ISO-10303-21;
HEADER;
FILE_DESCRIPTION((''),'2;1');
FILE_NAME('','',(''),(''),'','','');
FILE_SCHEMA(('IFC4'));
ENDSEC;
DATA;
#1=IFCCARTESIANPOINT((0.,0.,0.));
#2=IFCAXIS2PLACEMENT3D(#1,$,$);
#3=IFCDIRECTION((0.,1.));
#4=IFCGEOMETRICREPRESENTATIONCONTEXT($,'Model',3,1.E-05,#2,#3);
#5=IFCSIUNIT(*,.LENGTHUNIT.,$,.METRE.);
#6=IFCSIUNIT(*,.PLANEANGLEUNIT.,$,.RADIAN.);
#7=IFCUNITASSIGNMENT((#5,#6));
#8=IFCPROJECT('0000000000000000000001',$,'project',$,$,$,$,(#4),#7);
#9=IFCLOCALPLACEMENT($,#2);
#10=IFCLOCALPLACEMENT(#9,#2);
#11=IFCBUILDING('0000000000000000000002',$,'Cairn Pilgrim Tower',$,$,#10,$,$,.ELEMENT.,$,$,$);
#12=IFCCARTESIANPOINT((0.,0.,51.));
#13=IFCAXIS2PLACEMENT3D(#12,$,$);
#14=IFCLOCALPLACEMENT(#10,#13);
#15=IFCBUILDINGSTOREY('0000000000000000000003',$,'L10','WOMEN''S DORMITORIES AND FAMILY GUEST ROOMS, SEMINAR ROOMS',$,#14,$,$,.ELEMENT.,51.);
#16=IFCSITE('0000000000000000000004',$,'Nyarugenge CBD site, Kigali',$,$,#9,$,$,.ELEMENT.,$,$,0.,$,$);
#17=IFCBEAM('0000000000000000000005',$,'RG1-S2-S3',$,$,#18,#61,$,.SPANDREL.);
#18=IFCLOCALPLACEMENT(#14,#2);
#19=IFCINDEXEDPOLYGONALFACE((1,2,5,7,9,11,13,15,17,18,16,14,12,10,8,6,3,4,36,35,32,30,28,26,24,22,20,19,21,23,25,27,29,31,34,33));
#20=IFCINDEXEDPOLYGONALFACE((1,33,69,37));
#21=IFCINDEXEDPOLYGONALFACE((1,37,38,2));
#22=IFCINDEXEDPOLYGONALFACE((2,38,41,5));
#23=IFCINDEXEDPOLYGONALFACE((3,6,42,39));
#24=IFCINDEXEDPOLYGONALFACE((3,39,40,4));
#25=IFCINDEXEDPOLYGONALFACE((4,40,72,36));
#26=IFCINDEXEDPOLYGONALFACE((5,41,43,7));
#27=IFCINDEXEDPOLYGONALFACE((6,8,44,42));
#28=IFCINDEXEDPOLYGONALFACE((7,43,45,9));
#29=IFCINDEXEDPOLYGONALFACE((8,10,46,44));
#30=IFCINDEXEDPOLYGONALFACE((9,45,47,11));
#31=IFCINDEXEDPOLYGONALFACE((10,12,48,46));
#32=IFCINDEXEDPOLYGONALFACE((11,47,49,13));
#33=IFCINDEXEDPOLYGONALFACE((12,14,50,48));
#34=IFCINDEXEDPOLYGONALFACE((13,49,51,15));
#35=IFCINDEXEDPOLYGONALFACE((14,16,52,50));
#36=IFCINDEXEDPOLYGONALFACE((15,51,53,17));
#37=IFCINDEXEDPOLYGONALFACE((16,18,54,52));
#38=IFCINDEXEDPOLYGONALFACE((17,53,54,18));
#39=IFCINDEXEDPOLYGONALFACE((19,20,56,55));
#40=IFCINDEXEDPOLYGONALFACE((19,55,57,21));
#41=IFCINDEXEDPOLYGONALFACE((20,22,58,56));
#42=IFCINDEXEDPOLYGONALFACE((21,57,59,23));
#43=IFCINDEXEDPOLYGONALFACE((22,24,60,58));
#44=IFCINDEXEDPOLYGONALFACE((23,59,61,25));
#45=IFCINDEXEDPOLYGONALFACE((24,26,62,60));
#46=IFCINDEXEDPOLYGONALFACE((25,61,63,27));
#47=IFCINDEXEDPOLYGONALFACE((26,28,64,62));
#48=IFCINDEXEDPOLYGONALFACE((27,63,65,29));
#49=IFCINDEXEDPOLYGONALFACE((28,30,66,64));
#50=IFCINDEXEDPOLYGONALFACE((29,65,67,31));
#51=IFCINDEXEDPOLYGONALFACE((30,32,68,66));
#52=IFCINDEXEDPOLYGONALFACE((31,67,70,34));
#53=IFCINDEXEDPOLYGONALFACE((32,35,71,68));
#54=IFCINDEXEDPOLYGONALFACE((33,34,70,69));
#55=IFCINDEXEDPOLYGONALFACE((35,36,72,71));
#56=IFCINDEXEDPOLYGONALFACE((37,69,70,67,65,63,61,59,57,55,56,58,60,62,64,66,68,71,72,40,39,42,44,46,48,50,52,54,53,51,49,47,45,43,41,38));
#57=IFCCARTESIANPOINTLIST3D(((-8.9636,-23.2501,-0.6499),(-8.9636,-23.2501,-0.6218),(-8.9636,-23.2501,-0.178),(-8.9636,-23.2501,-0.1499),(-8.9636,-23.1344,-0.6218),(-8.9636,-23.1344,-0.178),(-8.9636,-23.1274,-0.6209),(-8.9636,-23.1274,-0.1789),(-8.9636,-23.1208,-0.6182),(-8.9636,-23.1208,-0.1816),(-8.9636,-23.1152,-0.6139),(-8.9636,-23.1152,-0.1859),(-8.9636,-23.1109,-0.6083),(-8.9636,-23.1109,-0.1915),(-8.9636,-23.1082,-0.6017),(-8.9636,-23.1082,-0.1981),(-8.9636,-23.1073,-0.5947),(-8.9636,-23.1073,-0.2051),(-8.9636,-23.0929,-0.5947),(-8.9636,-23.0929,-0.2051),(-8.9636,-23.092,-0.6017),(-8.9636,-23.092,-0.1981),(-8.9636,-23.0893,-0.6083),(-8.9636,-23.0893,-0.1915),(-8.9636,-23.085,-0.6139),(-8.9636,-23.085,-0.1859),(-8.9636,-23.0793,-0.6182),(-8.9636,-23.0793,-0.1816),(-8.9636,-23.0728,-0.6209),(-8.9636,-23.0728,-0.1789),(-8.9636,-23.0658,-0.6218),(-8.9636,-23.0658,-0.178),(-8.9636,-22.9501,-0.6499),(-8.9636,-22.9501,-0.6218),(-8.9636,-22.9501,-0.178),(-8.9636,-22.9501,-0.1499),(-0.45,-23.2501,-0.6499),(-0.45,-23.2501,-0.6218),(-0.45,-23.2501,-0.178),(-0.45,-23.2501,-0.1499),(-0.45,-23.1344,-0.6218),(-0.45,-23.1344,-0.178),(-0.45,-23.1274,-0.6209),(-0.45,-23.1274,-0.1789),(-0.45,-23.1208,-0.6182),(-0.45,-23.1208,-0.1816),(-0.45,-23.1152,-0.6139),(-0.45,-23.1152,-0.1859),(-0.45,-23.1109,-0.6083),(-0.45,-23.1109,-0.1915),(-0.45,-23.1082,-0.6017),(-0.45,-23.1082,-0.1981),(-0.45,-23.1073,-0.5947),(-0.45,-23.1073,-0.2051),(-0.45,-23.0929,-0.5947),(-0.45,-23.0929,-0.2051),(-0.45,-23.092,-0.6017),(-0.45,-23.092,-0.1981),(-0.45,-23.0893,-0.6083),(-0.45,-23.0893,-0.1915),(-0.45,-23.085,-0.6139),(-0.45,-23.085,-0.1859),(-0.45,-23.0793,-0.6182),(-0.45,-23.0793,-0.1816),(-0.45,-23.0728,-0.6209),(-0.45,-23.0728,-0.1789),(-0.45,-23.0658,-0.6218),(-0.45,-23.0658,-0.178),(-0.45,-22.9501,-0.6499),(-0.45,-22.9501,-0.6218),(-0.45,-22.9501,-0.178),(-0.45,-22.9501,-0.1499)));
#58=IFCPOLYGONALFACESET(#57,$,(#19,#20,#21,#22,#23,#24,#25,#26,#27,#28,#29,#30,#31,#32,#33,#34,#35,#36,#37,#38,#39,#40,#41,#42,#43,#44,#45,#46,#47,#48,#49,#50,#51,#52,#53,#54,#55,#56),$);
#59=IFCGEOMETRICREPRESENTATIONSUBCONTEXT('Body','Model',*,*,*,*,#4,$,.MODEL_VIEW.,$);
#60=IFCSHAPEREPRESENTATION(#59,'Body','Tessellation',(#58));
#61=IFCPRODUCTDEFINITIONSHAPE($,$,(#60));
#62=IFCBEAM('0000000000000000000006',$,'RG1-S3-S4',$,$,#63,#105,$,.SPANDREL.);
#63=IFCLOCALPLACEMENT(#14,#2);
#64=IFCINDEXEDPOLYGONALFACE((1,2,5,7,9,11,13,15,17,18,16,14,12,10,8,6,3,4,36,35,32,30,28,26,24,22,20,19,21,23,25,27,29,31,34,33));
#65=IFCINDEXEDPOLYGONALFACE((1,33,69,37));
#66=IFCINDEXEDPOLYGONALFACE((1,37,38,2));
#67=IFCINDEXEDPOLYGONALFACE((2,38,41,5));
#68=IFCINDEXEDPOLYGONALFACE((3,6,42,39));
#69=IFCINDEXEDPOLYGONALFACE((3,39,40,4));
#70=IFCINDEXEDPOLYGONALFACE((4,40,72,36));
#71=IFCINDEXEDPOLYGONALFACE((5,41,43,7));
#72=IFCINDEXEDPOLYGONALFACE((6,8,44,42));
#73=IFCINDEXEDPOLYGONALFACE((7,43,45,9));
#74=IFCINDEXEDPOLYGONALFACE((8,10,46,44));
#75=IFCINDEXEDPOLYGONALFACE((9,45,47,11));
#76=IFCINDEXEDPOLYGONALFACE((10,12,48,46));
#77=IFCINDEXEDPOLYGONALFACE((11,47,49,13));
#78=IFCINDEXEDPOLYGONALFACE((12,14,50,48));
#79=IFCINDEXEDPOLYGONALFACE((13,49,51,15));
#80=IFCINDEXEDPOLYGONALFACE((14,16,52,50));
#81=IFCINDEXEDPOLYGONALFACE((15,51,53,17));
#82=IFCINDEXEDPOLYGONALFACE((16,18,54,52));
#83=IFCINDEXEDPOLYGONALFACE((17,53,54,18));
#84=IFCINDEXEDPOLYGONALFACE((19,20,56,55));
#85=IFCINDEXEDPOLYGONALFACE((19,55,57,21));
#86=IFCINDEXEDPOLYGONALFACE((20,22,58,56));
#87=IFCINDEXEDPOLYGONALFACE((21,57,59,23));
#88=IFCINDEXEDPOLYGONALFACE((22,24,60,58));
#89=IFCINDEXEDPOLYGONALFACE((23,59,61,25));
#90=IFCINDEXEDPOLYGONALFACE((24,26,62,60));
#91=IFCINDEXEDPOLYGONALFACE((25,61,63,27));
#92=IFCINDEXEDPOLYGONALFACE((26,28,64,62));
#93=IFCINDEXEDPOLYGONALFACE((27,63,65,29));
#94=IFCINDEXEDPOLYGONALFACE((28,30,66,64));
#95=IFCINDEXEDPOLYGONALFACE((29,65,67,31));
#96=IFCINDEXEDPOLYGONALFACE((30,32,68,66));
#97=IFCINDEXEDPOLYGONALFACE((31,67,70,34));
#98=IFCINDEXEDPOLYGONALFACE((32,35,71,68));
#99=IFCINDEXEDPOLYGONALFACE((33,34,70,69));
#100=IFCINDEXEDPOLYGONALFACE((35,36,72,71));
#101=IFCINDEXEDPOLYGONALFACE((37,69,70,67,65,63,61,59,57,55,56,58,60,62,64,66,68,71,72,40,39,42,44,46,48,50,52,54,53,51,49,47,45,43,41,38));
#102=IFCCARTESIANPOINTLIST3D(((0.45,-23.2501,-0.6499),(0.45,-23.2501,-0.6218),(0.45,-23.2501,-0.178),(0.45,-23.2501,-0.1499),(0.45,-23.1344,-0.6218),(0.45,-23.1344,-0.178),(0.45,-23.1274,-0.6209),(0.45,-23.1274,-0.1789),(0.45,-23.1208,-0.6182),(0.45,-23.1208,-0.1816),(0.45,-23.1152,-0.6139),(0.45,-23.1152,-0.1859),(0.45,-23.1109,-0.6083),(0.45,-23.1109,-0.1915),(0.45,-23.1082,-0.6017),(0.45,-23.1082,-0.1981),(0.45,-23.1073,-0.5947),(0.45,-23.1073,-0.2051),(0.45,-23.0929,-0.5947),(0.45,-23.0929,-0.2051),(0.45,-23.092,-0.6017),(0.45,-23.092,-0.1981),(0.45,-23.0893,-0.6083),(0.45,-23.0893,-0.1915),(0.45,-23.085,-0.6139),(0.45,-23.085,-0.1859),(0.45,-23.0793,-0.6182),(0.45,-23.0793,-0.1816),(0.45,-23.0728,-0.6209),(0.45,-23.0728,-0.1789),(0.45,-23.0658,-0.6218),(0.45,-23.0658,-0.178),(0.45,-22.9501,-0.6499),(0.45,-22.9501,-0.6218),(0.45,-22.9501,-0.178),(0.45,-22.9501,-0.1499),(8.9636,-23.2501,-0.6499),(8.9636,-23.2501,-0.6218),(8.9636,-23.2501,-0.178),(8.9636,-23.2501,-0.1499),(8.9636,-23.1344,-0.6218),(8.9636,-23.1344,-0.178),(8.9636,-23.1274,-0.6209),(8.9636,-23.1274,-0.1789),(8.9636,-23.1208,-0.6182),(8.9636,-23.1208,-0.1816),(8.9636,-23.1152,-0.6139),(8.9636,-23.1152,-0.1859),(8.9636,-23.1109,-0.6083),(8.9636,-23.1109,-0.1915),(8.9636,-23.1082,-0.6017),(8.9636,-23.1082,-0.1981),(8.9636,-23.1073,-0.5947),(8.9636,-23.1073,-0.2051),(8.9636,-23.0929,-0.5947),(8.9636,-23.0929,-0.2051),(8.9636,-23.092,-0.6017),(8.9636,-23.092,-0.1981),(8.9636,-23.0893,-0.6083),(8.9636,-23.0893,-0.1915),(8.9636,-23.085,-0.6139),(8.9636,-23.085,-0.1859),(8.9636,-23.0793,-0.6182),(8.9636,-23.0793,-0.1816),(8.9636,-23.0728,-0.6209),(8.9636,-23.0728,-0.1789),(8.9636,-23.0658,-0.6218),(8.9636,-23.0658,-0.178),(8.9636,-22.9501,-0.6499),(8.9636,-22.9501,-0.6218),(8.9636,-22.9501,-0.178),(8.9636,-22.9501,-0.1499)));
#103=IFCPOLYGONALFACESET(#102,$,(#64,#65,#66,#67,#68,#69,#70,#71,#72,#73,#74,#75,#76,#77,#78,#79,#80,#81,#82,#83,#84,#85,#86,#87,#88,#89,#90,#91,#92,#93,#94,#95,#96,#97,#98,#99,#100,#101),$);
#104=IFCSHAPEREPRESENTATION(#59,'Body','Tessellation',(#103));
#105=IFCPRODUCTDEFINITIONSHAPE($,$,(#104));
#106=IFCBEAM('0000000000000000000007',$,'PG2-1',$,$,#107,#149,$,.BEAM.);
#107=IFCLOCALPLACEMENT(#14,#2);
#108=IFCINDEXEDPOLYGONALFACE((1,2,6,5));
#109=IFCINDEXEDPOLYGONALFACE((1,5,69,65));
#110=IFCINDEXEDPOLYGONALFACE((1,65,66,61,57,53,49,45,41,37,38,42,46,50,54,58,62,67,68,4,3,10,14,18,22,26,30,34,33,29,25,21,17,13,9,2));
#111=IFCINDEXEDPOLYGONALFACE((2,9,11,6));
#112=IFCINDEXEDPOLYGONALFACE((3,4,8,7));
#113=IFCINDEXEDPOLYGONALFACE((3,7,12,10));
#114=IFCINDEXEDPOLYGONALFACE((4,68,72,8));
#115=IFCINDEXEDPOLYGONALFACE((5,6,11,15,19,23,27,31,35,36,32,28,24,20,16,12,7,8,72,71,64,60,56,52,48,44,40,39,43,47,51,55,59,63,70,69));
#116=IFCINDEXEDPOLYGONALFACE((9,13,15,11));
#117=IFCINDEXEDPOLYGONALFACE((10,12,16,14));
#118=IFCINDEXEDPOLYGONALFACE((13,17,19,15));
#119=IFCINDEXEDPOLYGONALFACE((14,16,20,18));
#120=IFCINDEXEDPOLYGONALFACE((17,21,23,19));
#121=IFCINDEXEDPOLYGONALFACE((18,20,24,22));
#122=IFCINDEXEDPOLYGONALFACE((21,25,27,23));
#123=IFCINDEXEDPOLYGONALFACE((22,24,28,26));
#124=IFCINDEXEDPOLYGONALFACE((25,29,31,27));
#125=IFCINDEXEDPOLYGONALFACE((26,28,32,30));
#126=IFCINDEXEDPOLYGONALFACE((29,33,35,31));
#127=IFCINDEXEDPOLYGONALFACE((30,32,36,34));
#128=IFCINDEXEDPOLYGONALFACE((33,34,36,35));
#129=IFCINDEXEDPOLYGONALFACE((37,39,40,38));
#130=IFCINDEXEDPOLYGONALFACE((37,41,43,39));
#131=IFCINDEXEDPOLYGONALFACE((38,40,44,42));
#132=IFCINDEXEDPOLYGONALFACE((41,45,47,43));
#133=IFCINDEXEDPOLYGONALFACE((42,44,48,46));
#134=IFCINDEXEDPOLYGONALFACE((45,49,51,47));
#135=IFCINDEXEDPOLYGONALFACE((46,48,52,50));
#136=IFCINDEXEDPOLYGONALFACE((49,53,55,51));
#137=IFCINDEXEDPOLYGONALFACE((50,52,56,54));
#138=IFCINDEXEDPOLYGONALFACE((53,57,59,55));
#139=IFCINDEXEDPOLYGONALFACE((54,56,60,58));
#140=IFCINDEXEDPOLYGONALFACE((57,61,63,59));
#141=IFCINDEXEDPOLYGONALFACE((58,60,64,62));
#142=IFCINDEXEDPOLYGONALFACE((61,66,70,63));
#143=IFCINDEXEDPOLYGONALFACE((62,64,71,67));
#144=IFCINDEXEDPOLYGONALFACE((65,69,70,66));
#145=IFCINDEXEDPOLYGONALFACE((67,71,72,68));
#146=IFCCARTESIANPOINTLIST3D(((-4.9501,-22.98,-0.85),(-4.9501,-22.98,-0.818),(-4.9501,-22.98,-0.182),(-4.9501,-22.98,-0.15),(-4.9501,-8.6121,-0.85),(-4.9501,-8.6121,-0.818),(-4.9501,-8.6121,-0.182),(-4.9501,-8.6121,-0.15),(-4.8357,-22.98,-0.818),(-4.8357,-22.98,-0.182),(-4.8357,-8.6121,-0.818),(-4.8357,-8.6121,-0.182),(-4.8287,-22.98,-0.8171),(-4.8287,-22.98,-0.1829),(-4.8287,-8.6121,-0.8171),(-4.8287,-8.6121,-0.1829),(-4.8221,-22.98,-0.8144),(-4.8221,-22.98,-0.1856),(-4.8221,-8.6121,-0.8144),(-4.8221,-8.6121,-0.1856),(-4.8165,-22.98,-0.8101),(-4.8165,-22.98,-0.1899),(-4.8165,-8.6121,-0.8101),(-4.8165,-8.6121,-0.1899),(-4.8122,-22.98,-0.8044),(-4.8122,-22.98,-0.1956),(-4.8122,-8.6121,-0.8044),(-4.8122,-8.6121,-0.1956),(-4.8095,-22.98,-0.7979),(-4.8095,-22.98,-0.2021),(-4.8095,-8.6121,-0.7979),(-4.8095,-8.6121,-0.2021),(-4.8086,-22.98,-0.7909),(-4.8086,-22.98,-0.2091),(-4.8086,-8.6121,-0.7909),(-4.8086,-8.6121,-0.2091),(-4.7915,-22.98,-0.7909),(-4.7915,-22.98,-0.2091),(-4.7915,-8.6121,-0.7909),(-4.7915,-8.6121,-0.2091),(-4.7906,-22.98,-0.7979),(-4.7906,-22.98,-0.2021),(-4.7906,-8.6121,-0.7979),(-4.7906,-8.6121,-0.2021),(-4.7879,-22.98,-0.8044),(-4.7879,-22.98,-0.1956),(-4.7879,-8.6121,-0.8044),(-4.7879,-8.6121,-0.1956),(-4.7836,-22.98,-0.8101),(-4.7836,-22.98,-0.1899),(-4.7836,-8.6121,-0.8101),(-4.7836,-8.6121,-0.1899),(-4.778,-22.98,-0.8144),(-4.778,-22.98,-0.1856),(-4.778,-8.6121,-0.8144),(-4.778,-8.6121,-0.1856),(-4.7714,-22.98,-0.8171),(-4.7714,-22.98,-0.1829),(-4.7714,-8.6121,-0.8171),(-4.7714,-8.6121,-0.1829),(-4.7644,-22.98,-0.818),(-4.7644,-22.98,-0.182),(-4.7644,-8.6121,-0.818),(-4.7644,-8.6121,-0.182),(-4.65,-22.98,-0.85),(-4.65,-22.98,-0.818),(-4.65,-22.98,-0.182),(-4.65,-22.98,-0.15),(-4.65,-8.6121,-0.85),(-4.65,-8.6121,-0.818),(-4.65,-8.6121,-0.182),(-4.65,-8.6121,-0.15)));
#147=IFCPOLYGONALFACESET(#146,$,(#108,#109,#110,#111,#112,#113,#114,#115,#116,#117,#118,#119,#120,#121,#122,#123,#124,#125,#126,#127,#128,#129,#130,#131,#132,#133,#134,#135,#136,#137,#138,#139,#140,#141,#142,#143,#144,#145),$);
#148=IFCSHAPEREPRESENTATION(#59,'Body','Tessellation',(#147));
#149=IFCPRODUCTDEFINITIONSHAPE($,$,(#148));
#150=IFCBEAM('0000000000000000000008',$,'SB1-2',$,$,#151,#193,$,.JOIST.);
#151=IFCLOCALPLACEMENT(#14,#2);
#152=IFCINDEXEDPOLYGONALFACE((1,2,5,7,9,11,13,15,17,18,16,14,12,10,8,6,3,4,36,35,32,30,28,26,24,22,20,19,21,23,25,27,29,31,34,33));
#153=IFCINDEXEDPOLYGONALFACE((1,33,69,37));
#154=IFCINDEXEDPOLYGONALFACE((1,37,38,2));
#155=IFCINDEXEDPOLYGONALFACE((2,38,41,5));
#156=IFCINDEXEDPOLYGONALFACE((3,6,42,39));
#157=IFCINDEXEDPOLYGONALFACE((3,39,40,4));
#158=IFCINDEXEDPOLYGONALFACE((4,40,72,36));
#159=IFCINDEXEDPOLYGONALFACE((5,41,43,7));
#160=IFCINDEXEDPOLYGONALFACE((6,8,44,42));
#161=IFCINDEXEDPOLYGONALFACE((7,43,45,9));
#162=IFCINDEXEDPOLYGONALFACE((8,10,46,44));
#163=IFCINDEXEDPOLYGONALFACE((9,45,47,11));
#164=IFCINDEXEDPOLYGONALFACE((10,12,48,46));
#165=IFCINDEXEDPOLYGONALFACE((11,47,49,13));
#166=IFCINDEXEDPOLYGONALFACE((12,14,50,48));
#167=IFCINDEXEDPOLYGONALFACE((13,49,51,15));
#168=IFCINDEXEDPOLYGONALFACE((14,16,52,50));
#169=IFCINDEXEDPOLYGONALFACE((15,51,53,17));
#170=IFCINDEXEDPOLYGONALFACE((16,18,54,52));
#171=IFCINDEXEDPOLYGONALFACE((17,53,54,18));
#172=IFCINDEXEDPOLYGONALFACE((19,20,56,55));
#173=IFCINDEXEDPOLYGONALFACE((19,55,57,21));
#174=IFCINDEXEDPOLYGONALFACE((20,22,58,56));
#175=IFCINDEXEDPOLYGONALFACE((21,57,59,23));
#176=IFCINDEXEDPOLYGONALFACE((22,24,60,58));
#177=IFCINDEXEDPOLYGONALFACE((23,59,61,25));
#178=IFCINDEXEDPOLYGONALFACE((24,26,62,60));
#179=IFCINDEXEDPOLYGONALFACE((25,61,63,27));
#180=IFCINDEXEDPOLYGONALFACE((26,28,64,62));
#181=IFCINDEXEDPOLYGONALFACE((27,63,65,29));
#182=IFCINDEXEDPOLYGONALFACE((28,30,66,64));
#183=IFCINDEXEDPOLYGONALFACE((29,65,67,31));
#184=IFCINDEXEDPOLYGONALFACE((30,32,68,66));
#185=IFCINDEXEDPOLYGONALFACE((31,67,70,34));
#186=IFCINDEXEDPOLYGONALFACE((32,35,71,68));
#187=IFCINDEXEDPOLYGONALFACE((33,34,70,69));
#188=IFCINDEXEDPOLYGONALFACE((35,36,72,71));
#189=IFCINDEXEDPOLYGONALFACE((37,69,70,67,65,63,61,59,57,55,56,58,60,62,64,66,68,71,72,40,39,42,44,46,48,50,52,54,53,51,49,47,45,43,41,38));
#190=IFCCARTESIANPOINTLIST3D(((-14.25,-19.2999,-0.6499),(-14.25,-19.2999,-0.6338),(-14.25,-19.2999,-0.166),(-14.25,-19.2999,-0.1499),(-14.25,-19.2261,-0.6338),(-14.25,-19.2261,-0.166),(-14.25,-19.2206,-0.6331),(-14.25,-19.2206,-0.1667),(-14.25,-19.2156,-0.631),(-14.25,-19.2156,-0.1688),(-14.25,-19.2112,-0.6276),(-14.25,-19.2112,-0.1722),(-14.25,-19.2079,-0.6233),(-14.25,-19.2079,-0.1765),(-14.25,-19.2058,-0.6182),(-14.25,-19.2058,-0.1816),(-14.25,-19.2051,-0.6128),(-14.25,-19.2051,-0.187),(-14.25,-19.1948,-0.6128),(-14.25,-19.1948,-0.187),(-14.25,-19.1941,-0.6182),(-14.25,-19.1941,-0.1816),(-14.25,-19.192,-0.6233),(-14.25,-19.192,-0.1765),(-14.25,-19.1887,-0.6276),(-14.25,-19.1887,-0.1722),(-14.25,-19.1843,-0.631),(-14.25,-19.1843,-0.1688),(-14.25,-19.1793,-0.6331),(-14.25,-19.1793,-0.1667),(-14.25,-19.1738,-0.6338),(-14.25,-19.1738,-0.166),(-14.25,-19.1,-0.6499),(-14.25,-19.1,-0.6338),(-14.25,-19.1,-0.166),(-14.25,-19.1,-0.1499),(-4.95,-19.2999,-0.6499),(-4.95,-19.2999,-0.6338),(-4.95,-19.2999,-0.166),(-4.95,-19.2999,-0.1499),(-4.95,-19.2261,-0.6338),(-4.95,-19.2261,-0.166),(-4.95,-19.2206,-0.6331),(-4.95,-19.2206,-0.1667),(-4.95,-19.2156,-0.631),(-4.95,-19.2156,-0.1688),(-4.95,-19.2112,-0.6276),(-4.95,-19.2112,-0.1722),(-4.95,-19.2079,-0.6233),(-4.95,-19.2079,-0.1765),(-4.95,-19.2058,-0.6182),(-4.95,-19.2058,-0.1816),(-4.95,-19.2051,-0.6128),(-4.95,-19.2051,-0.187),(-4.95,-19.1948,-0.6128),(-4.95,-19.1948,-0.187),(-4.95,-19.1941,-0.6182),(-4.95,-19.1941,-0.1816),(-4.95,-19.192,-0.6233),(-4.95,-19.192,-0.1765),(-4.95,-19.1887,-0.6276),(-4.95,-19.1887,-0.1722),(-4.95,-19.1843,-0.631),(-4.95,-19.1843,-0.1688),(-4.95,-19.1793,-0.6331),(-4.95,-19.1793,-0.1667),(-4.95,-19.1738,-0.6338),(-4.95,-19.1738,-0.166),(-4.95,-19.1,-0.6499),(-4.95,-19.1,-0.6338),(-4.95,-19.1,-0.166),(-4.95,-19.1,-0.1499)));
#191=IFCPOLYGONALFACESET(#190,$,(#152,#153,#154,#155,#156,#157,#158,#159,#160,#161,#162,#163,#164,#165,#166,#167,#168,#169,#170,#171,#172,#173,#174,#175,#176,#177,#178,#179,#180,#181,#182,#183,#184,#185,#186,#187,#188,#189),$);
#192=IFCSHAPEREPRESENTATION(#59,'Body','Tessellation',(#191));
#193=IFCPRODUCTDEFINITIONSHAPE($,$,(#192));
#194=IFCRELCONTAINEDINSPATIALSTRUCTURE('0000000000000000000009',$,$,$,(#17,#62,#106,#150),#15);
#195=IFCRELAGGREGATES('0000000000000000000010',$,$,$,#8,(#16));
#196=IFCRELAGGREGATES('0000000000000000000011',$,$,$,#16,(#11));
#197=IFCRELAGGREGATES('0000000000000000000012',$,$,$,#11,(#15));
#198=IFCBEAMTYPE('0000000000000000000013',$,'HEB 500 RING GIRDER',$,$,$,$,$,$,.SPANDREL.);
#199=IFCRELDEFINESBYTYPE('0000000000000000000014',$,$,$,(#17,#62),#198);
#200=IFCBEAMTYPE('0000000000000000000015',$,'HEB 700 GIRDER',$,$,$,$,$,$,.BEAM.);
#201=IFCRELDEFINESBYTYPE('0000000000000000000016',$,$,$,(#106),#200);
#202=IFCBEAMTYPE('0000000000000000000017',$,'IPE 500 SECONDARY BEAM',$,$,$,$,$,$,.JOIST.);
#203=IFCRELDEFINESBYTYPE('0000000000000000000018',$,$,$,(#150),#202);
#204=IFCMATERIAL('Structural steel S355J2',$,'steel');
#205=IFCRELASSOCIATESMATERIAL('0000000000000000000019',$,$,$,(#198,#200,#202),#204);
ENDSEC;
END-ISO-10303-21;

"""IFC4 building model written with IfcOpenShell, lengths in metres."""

from ifc_helpers import new_model, si_unit, direction, frame, origin, origin_2d, place, context, subcontext, project, spatial, i_section, extrude, material, material_profile, profile_set, type_object, element, save


model = new_model("IFC4")

# Units and contexts
model_context = context("Model", 3, precision=1e-05, world=origin(), true_north=direction((0.0, 1.0)))
body_context = subcontext(model_context, "Body", "Model", "MODEL_VIEW")
ifc_project = project(units=[si_unit("LENGTHUNIT", "METRE"), si_unit("PLANEANGLEUNIT", "RADIAN")], contexts=[model_context])

# Site, building, storey
site_placement = place(None, origin())
site = spatial("IfcSite", under=ifc_project, at=site_placement, Name="Nyarugenge CBD site, Kigali", CompositionType="ELEMENT", RefElevation=0.0)
building_placement = place(site_placement, origin())
building = spatial("IfcBuilding", under=site, at=building_placement, Name="Cairn Pilgrim Tower", CompositionType="ELEMENT")
storey_placement = place(building_placement, frame((0.0, 0.0, 51.0)))
storey = spatial("IfcBuildingStorey", under=building, at=storey_placement, Name="L10", Description="WOMEN'S DORMITORIES AND FAMILY GUEST ROOMS, SEMINAR ROOMS", CompositionType="ELEMENT", Elevation=51.0)

# Beams
ifc_material_1 = material(Name="Structural steel S355J2", Category="steel")
ifc_material_profile_1 = material_profile(ifc_material_1, i_section(OverallWidth=0.3, OverallDepth=0.5, WebThickness=0.0144, FlangeThickness=0.0281, FilletRadius=0.0271, at=origin_2d()), Name="HEB 500")
ifc_profile_set_1 = profile_set([ifc_material_profile_1], Name="Structural steel S355J2")
beam_type_1 = type_object("IfcBeamType", Name="HEB 500 RING GIRDER", PredefinedType="SPANDREL", material=ifc_profile_set_1)
for number, where, z_axis, x_axis, name in (
    (1, (-8.9636, -23.1001, -0.3999), (1.0, 0.0, 0.0), (0.0, 1.0, 0.0), "RG1-S2-S3"),
    (2, (0.45, -23.1001, -0.3999), (1.0, 0.0, 0.0), (0.0, 1.0, 0.0), "RG1-S3-S4"),
):
    element("IfcBeam", number, at=place(storey_placement, frame(where, z_axis=z_axis, x_axis=x_axis)), inside=storey, type_object=beam_type_1, Name=name, PredefinedType="SPANDREL", context=body_context, shape_type="SweptSolid", body=[
        extrude(i_section(OverallWidth=0.3, OverallDepth=0.5, WebThickness=0.0144, FlangeThickness=0.0281, FilletRadius=0.0271, at=origin_2d()), origin(), (0.0, 0.0, 1.0), 8.5137),
    ])
ifc_material_profile_2 = material_profile(ifc_material_1, i_section(OverallWidth=0.3, OverallDepth=0.7, WebThickness=0.0171, FlangeThickness=0.032, FilletRadius=0.0271, at=origin_2d()), Name="HEB 700")
ifc_profile_set_2 = profile_set([ifc_material_profile_2], Name="Structural steel S355J2")
beam_type_2 = type_object("IfcBeamType", Name="HEB 700 GIRDER", PredefinedType="BEAM", material=ifc_profile_set_2)
beam_1_placement = place(storey_placement, frame((-4.8, -22.98, -0.5), z_axis=(0.0, 1.0, 0.0), x_axis=(-1.0, 0.0, 0.0)))
element("IfcBeam", 3, at=beam_1_placement, inside=storey, type_object=beam_type_2, Name="PG2-1", PredefinedType="BEAM", context=body_context, shape_type="SweptSolid", body=[
    extrude(i_section(OverallWidth=0.3, OverallDepth=0.7, WebThickness=0.0171, FlangeThickness=0.032, FilletRadius=0.0271, at=origin_2d()), origin(), (0.0, 0.0, 1.0), 14.3679),
])
ifc_material_profile_3 = material_profile(ifc_material_1, i_section(OverallWidth=0.2, OverallDepth=0.5, WebThickness=0.0103, FlangeThickness=0.0161, FilletRadius=0.021, at=origin_2d()), Name="IPE 500")
ifc_profile_set_3 = profile_set([ifc_material_profile_3], Name="Structural steel S355J2")
beam_type_3 = type_object("IfcBeamType", Name="IPE 500 SECONDARY BEAM", PredefinedType="JOIST", material=ifc_profile_set_3)
beam_2_placement = place(storey_placement, frame((-14.25, -19.2, -0.3999), z_axis=(1.0, 0.0, 0.0), x_axis=(0.0, 1.0, 0.0)))
element("IfcBeam", 4, at=beam_2_placement, inside=storey, type_object=beam_type_3, Name="SB1-2", PredefinedType="JOIST", context=body_context, shape_type="SweptSolid", body=[
    extrude(i_section(OverallWidth=0.2, OverallDepth=0.5, WebThickness=0.0103, FlangeThickness=0.0161, FilletRadius=0.021, at=origin_2d()), origin(), (0.0, 0.0, 1.0), 9.3),
])

save(model, "model.ifc")
